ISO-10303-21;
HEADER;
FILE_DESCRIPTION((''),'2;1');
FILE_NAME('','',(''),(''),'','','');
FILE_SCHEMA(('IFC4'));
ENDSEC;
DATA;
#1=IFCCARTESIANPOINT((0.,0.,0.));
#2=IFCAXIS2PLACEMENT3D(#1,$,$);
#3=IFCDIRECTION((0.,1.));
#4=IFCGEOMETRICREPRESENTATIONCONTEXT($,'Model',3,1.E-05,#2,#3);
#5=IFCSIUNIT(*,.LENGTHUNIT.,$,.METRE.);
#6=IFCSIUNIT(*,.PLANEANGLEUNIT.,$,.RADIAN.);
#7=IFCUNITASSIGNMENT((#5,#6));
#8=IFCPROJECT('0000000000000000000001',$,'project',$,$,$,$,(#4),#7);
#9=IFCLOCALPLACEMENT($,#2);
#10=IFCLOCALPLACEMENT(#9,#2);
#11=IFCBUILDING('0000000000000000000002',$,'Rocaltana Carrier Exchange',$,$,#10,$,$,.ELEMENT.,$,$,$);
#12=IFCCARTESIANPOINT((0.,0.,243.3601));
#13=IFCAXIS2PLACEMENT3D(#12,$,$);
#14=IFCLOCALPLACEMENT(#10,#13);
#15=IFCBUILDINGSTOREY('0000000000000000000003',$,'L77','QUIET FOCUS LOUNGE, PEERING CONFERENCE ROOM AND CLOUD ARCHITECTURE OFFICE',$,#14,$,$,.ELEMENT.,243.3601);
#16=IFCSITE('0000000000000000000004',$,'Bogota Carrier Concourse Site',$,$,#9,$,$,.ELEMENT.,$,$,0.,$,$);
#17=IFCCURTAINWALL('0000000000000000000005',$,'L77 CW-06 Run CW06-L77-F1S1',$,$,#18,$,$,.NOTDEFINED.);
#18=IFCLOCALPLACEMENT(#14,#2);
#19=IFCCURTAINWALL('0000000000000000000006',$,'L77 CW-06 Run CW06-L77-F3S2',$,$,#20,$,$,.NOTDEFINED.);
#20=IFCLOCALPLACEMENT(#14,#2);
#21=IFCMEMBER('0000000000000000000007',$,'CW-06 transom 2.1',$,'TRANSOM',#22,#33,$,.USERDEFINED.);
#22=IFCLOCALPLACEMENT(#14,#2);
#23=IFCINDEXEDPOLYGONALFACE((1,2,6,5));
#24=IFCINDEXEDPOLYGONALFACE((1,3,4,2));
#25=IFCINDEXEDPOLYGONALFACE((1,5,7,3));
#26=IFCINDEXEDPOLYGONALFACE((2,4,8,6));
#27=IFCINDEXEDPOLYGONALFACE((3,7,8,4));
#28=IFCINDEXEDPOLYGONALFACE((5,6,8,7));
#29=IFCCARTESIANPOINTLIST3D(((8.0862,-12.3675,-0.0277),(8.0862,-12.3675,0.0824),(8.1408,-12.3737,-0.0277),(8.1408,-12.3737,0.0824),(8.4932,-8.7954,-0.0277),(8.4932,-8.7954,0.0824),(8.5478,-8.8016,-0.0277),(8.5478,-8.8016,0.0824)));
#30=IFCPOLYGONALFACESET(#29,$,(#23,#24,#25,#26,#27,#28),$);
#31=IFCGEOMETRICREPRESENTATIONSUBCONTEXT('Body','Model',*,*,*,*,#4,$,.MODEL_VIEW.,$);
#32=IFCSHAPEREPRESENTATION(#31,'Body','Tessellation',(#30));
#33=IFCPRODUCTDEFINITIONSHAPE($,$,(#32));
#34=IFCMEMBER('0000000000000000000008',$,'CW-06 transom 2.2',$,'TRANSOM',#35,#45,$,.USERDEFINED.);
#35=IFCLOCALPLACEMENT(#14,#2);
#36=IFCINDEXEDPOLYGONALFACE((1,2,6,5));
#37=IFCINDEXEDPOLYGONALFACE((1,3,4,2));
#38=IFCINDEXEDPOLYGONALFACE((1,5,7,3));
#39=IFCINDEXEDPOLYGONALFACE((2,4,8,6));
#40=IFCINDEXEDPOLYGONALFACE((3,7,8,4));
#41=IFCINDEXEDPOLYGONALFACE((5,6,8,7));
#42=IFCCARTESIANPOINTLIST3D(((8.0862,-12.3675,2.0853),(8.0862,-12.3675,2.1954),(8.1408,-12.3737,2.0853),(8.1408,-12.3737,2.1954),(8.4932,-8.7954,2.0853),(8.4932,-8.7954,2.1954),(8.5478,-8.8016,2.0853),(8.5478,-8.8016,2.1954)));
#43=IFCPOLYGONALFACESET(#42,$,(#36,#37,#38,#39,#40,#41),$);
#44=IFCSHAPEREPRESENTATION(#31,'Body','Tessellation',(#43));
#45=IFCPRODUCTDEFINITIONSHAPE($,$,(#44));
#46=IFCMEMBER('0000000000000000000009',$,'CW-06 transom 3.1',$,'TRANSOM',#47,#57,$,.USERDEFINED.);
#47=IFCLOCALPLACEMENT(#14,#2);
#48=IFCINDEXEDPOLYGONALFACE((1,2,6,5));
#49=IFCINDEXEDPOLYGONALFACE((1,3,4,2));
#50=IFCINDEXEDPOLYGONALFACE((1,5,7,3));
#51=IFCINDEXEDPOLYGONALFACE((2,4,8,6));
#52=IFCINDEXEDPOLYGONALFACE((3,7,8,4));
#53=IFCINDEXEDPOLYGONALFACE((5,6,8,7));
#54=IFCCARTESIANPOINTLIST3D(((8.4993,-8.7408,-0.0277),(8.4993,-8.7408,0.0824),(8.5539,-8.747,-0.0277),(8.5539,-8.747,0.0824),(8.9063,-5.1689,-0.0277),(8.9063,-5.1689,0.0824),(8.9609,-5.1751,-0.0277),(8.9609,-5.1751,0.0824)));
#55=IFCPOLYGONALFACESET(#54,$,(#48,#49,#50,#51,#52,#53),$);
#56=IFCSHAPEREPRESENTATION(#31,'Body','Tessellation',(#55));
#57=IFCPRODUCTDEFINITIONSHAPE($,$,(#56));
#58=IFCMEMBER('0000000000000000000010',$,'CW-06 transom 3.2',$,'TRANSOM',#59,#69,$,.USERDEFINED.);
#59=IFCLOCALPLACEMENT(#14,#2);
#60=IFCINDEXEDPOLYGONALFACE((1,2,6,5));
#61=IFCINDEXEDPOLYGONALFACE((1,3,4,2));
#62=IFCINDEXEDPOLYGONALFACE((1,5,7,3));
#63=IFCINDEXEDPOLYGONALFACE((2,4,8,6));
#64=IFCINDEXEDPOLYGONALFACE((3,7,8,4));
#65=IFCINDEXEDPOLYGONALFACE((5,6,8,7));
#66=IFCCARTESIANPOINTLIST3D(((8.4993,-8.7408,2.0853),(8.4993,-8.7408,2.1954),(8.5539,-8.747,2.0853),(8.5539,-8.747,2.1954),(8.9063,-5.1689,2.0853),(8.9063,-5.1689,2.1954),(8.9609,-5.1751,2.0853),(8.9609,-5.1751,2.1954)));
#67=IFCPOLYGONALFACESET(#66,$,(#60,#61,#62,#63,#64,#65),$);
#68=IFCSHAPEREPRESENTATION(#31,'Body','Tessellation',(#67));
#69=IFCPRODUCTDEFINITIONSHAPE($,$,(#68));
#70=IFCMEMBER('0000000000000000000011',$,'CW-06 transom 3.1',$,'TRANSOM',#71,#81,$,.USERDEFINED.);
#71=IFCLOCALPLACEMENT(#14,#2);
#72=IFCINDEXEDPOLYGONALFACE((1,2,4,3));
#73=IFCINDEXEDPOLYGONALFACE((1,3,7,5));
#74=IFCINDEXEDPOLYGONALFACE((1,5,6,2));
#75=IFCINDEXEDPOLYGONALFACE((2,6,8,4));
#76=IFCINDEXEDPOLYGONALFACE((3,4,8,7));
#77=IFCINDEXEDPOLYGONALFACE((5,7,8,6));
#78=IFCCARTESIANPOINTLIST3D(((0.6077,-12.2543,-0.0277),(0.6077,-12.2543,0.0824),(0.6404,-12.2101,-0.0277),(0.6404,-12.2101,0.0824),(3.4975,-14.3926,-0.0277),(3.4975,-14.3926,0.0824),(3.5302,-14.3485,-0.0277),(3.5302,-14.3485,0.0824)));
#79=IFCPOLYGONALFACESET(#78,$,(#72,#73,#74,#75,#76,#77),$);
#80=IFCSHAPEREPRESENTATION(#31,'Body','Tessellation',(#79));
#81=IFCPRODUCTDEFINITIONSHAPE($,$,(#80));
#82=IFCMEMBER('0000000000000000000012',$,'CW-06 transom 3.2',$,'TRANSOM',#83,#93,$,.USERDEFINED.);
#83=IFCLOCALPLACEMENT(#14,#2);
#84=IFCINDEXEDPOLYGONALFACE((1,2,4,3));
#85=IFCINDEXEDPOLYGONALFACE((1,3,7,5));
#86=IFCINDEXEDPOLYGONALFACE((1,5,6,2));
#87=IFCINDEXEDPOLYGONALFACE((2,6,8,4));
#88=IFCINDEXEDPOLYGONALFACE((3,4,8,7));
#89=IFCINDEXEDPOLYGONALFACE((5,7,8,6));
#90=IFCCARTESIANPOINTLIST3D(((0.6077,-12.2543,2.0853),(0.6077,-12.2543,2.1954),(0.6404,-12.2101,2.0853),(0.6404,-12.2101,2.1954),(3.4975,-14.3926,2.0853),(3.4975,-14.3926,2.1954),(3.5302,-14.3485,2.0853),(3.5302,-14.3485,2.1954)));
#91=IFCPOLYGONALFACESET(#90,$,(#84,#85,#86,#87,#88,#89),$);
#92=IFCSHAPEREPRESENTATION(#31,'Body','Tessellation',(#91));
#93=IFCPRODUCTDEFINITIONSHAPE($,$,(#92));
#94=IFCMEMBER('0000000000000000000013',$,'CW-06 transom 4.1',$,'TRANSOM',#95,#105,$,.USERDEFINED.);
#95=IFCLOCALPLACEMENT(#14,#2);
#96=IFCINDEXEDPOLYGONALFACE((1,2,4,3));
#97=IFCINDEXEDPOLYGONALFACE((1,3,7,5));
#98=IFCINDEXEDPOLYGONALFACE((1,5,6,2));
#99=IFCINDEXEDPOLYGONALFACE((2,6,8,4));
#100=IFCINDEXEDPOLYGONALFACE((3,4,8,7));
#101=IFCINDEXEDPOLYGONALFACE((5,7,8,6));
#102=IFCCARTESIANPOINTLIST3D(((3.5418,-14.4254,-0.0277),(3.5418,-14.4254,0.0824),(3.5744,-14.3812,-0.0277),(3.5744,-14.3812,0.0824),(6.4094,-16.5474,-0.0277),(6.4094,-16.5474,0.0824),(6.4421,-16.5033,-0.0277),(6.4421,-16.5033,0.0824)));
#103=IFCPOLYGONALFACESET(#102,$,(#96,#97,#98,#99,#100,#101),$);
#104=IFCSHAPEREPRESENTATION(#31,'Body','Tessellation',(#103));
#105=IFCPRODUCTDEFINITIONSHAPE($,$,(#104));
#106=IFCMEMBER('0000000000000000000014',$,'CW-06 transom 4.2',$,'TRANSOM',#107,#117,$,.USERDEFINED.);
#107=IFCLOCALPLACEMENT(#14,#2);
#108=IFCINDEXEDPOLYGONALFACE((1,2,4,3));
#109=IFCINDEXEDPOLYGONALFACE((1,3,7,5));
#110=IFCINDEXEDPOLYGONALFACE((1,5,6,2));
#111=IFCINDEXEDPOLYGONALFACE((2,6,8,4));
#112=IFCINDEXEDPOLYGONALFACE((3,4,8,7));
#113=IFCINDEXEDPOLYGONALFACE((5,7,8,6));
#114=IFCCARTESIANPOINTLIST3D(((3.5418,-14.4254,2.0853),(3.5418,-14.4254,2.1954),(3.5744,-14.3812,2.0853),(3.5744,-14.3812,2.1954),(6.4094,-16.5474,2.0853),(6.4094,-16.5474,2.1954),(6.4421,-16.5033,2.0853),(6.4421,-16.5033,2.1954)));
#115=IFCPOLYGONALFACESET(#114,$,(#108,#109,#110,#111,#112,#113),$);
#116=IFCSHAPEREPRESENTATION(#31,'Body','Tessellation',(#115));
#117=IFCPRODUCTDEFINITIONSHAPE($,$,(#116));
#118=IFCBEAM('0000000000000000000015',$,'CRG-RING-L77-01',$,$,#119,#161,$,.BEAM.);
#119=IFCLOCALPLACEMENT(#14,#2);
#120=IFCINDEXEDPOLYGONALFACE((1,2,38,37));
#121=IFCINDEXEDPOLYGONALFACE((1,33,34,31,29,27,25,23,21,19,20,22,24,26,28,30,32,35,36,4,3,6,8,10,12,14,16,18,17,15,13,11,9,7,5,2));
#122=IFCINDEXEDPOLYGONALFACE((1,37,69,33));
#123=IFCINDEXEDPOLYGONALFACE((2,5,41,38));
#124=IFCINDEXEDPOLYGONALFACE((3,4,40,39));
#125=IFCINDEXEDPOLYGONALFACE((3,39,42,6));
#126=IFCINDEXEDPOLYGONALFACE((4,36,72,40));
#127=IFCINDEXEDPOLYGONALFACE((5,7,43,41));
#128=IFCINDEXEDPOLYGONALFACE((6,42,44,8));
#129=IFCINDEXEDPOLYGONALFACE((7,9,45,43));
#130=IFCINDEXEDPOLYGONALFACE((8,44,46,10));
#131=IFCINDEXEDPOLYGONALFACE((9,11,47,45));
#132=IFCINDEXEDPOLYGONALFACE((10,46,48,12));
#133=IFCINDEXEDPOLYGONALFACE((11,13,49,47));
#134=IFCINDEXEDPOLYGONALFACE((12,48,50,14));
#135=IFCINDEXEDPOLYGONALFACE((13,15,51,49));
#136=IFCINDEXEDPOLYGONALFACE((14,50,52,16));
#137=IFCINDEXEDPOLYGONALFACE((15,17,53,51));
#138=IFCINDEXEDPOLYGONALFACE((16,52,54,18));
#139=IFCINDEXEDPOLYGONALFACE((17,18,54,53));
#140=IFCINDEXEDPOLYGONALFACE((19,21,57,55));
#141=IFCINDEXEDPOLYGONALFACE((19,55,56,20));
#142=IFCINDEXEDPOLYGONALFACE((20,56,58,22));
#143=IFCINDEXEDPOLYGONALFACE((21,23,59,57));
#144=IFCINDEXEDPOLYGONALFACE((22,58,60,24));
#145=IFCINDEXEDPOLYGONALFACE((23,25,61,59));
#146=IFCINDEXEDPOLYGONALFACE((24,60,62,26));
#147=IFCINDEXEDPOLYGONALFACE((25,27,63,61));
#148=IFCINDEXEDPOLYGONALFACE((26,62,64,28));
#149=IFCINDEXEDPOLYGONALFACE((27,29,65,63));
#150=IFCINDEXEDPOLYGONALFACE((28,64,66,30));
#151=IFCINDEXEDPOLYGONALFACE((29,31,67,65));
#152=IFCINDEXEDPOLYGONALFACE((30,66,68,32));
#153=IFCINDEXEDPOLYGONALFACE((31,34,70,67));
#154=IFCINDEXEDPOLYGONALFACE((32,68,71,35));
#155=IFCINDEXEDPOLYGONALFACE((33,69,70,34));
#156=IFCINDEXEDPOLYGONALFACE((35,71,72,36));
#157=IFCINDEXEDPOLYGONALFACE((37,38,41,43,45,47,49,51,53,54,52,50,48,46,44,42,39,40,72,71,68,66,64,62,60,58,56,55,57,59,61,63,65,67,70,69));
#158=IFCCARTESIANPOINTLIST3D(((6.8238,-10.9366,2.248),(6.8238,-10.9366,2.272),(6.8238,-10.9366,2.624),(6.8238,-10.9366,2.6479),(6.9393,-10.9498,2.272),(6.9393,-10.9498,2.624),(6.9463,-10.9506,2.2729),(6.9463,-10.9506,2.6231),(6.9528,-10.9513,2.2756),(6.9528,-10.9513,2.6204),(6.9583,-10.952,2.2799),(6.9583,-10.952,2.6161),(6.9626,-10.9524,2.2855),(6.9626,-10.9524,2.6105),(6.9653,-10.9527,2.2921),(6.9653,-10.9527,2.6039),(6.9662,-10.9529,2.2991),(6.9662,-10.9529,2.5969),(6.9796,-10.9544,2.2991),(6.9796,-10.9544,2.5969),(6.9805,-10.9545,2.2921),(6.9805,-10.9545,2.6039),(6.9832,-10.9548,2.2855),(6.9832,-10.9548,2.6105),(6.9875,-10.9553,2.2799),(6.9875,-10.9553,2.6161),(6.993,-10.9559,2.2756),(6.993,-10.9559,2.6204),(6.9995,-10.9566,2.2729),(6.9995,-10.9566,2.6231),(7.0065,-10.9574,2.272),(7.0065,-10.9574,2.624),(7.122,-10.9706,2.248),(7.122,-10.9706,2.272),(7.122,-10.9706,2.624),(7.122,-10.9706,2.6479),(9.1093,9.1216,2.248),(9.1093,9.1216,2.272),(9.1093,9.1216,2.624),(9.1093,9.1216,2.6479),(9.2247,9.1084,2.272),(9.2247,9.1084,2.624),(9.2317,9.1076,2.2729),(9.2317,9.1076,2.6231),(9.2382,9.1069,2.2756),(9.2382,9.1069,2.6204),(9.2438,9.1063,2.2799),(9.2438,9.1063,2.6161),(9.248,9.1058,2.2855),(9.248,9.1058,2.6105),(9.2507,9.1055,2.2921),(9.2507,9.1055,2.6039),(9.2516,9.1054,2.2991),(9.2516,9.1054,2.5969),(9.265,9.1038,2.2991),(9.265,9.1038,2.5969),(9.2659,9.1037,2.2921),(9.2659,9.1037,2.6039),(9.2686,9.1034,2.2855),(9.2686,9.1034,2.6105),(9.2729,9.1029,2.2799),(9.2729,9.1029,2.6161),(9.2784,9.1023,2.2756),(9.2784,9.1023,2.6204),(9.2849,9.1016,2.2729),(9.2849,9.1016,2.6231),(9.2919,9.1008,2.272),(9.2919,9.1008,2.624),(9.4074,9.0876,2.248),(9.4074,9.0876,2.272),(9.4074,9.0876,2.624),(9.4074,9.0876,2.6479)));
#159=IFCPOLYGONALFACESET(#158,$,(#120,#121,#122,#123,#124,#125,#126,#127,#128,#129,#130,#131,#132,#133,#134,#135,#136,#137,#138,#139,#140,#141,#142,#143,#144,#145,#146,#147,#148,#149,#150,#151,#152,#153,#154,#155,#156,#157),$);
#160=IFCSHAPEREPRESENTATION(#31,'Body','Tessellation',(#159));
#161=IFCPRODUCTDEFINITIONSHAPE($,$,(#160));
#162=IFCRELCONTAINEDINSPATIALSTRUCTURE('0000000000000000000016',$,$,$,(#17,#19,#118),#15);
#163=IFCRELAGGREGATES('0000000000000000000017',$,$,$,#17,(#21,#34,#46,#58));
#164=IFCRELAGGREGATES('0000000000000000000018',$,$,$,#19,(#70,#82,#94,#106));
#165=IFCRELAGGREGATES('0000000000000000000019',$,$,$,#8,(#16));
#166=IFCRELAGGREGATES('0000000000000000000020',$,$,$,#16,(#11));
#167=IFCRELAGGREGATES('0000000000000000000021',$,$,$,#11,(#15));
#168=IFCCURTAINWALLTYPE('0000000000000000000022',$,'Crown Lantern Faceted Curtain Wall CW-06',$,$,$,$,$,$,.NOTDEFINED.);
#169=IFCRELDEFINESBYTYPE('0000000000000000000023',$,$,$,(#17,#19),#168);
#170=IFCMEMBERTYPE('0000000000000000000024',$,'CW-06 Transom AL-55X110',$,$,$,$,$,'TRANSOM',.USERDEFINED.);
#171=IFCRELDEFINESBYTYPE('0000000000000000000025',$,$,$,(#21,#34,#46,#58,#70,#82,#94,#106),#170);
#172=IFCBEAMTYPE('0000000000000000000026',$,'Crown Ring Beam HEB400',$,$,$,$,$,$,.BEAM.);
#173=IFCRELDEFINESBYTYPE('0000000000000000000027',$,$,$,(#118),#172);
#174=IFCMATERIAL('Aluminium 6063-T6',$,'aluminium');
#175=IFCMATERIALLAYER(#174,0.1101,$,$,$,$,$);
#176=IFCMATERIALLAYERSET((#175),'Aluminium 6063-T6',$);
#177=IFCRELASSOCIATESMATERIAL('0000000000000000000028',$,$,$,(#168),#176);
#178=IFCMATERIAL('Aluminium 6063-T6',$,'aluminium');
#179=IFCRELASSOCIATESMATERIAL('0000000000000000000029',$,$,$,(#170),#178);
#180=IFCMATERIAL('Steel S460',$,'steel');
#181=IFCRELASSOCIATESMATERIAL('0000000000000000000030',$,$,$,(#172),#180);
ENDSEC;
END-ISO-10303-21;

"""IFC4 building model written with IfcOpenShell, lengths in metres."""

from ifc_helpers import new_model, si_unit, direction, frame, origin, origin_2d, place, context, subcontext, project, spatial, rectangle, i_section, extrude, material, layer, layer_set, material_profile, profile_set, type_object, element, aggregate, save


model = new_model("IFC4")

# Units and contexts
model_context = context("Model", 3, precision=1e-05, world=origin(), true_north=direction((0.0, 1.0)))
body_context = subcontext(model_context, "Body", "Model", "MODEL_VIEW")
ifc_project = project(units=[si_unit("LENGTHUNIT", "METRE"), si_unit("PLANEANGLEUNIT", "RADIAN")], contexts=[model_context])

# Site, building, storey
site_placement = place(None, origin())
site = spatial("IfcSite", under=ifc_project, at=site_placement, Name="Bogota Carrier Concourse Site", CompositionType="ELEMENT", RefElevation=0.0)
building_placement = place(site_placement, origin())
building = spatial("IfcBuilding", under=site, at=building_placement, Name="Rocaltana Carrier Exchange", CompositionType="ELEMENT")
storey_placement = place(building_placement, frame((0.0, 0.0, 243.3601)))
storey = spatial("IfcBuildingStorey", under=building, at=storey_placement, Name="L77", Description="QUIET FOCUS LOUNGE, PEERING CONFERENCE ROOM AND CLOUD ARCHITECTURE OFFICE", CompositionType="ELEMENT", Elevation=243.3601)

# Curtain walls
ifc_material_1 = material(Name="Aluminium 6063-T6", Category="aluminium")
ifc_layer_1 = layer(ifc_material_1, 0.1101)
ifc_layer_set_1 = layer_set([ifc_layer_1], Name="Aluminium 6063-T6")
curtain_wall_type = type_object("IfcCurtainWallType", Name="Crown Lantern Faceted Curtain Wall CW-06", PredefinedType="NOTDEFINED", material=ifc_layer_set_1)
curtain_wall_1_placement = place(storey_placement, origin())
curtain_wall_1 = element("IfcCurtainWall", 1, at=curtain_wall_1_placement, inside=storey, type_object=curtain_wall_type, Name="L77 CW-06 Run CW06-L77-F1S1", PredefinedType="NOTDEFINED")
curtain_wall_2_placement = place(storey_placement, origin())
curtain_wall_2 = element("IfcCurtainWall", 2, at=curtain_wall_2_placement, inside=storey, type_object=curtain_wall_type, Name="L77 CW-06 Run CW06-L77-F3S2", PredefinedType="NOTDEFINED")

# Members
ifc_material_2 = material(Name="Aluminium 6063-T6", Category="aluminium")
ifc_material_profile_1 = material_profile(ifc_material_2, rectangle(XDim=0.0549, YDim=0.1101, at=origin_2d()), Name="AL-55X110")
ifc_profile_set_1 = profile_set([ifc_material_profile_1], Name="Aluminium 6063-T6")
member_type_1 = type_object("IfcMemberType", Name="CW-06 Transom AL-55X110", ElementType="TRANSOM", PredefinedType="USERDEFINED", material=ifc_profile_set_1)
member_1_placement = place(storey_placement, frame((8.1135, -12.3706, 0.0273), z_axis=(0.113204, 0.993572, 0.0), x_axis=(-0.993572, 0.113204, 0.0)))
member_1 = element("IfcMember", 3, at=member_1_placement, type_object=member_type_1, Name="CW-06 transom 2.1", ObjectType="TRANSOM", PredefinedType="USERDEFINED", context=body_context, shape_type="SweptSolid", body=[
    extrude(rectangle(XDim=0.0549, YDim=0.1101, at=origin_2d()), origin(), (0.0, 0.0, 1.0), 3.5952),
])
member_2_placement = place(storey_placement, frame((8.1135, -12.3706, 2.1404), z_axis=(0.113204, 0.993572, 0.0), x_axis=(-0.993572, 0.113204, 0.0)))
member_2 = element("IfcMember", 4, at=member_2_placement, type_object=member_type_1, Name="CW-06 transom 2.2", ObjectType="TRANSOM", PredefinedType="USERDEFINED", context=body_context, shape_type="SweptSolid", body=[
    extrude(rectangle(XDim=0.0549, YDim=0.1101, at=origin_2d()), origin(), (0.0, 0.0, 1.0), 3.5952),
])
member_3_placement = place(storey_placement, frame((8.5266, -8.7439, 0.0273), z_axis=(0.113211, 0.993571, 0.0), x_axis=(-0.993571, 0.113211, 0.0)))
member_3 = element("IfcMember", 5, at=member_3_placement, type_object=member_type_1, Name="CW-06 transom 3.1", ObjectType="TRANSOM", PredefinedType="USERDEFINED", context=body_context, shape_type="SweptSolid", body=[
    extrude(rectangle(XDim=0.0549, YDim=0.1101, at=origin_2d()), origin(), (0.0, 0.0, 1.0), 3.595),
])
member_4_placement = place(storey_placement, frame((8.5266, -8.7439, 2.1404), z_axis=(0.113211, 0.993571, 0.0), x_axis=(-0.993571, 0.113211, 0.0)))
member_4 = element("IfcMember", 6, at=member_4_placement, type_object=member_type_1, Name="CW-06 transom 3.2", ObjectType="TRANSOM", PredefinedType="USERDEFINED", context=body_context, shape_type="SweptSolid", body=[
    extrude(rectangle(XDim=0.0549, YDim=0.1101, at=origin_2d()), origin(), (0.0, 0.0, 1.0), 3.595),
])
member_5_placement = place(storey_placement, frame((0.624, -12.2322, 0.0273), z_axis=(0.803854, -0.594826, 0.0), x_axis=(0.594826, 0.803854, 0.0)))
member_5 = element("IfcMember", 7, at=member_5_placement, type_object=member_type_1, Name="CW-06 transom 3.1", ObjectType="TRANSOM", PredefinedType="USERDEFINED", context=body_context, shape_type="SweptSolid", body=[
    extrude(rectangle(XDim=0.0549, YDim=0.1101, at=origin_2d()), origin(), (0.0, 0.0, 1.0), 3.595),
])
member_6_placement = place(storey_placement, frame((0.624, -12.2322, 2.1404), z_axis=(0.803854, -0.594826, 0.0), x_axis=(0.594826, 0.803854, 0.0)))
member_6 = element("IfcMember", 8, at=member_6_placement, type_object=member_type_1, Name="CW-06 transom 3.2", ObjectType="TRANSOM", PredefinedType="USERDEFINED", context=body_context, shape_type="SweptSolid", body=[
    extrude(rectangle(XDim=0.0549, YDim=0.1101, at=origin_2d()), origin(), (0.0, 0.0, 1.0), 3.595),
])
member_7_placement = place(storey_placement, frame((3.5581, -14.4033, 0.0273), z_axis=(0.803843, -0.594841, 0.0), x_axis=(0.594841, 0.803843, 0.0)))
member_7 = element("IfcMember", 9, at=member_7_placement, type_object=member_type_1, Name="CW-06 transom 4.1", ObjectType="TRANSOM", PredefinedType="USERDEFINED", context=body_context, shape_type="SweptSolid", body=[
    extrude(rectangle(XDim=0.0549, YDim=0.1101, at=origin_2d()), origin(), (0.0, 0.0, 1.0), 3.5674),
])
member_8_placement = place(storey_placement, frame((3.5581, -14.4033, 2.1404), z_axis=(0.803843, -0.594841, 0.0), x_axis=(0.594841, 0.803843, 0.0)))
member_8 = element("IfcMember", 10, at=member_8_placement, type_object=member_type_1, Name="CW-06 transom 4.2", ObjectType="TRANSOM", PredefinedType="USERDEFINED", context=body_context, shape_type="SweptSolid", body=[
    extrude(rectangle(XDim=0.0549, YDim=0.1101, at=origin_2d()), origin(), (0.0, 0.0, 1.0), 3.5674),
])

# Beam
ifc_material_3 = material(Name="Steel S460", Category="steel")
ifc_material_profile_2 = material_profile(ifc_material_3, i_section(OverallWidth=0.3, OverallDepth=0.3999, WebThickness=0.0134, FlangeThickness=0.0239, FilletRadius=0.0271, at=origin_2d()), Name="HEB400")
ifc_profile_set_2 = profile_set([ifc_material_profile_2], Name="Steel S460")
beam_type = type_object("IfcBeamType", Name="Crown Ring Beam HEB400", PredefinedType="BEAM", material=ifc_profile_set_2)
beam_1_placement = place(storey_placement, frame((6.9729, -10.9536, 2.448), z_axis=(0.113207, 0.993571, 0.0), x_axis=(-0.993571, 0.113207, 0.0)))
element("IfcBeam", 11, at=beam_1_placement, inside=storey, type_object=beam_type, Name="CRG-RING-L77-01", PredefinedType="BEAM", context=body_context, shape_type="SweptSolid", body=[
    extrude(i_section(OverallWidth=0.3, OverallDepth=0.3999, WebThickness=0.0134, FlangeThickness=0.0239, FilletRadius=0.0271, at=origin_2d()), origin(), (0.0, 0.0, 1.0), 20.188),
])

aggregate(curtain_wall_1, [member_1, member_2, member_3, member_4])
aggregate(curtain_wall_2, [member_5, member_6, member_7, member_8])

save(model, "model.ifc")
